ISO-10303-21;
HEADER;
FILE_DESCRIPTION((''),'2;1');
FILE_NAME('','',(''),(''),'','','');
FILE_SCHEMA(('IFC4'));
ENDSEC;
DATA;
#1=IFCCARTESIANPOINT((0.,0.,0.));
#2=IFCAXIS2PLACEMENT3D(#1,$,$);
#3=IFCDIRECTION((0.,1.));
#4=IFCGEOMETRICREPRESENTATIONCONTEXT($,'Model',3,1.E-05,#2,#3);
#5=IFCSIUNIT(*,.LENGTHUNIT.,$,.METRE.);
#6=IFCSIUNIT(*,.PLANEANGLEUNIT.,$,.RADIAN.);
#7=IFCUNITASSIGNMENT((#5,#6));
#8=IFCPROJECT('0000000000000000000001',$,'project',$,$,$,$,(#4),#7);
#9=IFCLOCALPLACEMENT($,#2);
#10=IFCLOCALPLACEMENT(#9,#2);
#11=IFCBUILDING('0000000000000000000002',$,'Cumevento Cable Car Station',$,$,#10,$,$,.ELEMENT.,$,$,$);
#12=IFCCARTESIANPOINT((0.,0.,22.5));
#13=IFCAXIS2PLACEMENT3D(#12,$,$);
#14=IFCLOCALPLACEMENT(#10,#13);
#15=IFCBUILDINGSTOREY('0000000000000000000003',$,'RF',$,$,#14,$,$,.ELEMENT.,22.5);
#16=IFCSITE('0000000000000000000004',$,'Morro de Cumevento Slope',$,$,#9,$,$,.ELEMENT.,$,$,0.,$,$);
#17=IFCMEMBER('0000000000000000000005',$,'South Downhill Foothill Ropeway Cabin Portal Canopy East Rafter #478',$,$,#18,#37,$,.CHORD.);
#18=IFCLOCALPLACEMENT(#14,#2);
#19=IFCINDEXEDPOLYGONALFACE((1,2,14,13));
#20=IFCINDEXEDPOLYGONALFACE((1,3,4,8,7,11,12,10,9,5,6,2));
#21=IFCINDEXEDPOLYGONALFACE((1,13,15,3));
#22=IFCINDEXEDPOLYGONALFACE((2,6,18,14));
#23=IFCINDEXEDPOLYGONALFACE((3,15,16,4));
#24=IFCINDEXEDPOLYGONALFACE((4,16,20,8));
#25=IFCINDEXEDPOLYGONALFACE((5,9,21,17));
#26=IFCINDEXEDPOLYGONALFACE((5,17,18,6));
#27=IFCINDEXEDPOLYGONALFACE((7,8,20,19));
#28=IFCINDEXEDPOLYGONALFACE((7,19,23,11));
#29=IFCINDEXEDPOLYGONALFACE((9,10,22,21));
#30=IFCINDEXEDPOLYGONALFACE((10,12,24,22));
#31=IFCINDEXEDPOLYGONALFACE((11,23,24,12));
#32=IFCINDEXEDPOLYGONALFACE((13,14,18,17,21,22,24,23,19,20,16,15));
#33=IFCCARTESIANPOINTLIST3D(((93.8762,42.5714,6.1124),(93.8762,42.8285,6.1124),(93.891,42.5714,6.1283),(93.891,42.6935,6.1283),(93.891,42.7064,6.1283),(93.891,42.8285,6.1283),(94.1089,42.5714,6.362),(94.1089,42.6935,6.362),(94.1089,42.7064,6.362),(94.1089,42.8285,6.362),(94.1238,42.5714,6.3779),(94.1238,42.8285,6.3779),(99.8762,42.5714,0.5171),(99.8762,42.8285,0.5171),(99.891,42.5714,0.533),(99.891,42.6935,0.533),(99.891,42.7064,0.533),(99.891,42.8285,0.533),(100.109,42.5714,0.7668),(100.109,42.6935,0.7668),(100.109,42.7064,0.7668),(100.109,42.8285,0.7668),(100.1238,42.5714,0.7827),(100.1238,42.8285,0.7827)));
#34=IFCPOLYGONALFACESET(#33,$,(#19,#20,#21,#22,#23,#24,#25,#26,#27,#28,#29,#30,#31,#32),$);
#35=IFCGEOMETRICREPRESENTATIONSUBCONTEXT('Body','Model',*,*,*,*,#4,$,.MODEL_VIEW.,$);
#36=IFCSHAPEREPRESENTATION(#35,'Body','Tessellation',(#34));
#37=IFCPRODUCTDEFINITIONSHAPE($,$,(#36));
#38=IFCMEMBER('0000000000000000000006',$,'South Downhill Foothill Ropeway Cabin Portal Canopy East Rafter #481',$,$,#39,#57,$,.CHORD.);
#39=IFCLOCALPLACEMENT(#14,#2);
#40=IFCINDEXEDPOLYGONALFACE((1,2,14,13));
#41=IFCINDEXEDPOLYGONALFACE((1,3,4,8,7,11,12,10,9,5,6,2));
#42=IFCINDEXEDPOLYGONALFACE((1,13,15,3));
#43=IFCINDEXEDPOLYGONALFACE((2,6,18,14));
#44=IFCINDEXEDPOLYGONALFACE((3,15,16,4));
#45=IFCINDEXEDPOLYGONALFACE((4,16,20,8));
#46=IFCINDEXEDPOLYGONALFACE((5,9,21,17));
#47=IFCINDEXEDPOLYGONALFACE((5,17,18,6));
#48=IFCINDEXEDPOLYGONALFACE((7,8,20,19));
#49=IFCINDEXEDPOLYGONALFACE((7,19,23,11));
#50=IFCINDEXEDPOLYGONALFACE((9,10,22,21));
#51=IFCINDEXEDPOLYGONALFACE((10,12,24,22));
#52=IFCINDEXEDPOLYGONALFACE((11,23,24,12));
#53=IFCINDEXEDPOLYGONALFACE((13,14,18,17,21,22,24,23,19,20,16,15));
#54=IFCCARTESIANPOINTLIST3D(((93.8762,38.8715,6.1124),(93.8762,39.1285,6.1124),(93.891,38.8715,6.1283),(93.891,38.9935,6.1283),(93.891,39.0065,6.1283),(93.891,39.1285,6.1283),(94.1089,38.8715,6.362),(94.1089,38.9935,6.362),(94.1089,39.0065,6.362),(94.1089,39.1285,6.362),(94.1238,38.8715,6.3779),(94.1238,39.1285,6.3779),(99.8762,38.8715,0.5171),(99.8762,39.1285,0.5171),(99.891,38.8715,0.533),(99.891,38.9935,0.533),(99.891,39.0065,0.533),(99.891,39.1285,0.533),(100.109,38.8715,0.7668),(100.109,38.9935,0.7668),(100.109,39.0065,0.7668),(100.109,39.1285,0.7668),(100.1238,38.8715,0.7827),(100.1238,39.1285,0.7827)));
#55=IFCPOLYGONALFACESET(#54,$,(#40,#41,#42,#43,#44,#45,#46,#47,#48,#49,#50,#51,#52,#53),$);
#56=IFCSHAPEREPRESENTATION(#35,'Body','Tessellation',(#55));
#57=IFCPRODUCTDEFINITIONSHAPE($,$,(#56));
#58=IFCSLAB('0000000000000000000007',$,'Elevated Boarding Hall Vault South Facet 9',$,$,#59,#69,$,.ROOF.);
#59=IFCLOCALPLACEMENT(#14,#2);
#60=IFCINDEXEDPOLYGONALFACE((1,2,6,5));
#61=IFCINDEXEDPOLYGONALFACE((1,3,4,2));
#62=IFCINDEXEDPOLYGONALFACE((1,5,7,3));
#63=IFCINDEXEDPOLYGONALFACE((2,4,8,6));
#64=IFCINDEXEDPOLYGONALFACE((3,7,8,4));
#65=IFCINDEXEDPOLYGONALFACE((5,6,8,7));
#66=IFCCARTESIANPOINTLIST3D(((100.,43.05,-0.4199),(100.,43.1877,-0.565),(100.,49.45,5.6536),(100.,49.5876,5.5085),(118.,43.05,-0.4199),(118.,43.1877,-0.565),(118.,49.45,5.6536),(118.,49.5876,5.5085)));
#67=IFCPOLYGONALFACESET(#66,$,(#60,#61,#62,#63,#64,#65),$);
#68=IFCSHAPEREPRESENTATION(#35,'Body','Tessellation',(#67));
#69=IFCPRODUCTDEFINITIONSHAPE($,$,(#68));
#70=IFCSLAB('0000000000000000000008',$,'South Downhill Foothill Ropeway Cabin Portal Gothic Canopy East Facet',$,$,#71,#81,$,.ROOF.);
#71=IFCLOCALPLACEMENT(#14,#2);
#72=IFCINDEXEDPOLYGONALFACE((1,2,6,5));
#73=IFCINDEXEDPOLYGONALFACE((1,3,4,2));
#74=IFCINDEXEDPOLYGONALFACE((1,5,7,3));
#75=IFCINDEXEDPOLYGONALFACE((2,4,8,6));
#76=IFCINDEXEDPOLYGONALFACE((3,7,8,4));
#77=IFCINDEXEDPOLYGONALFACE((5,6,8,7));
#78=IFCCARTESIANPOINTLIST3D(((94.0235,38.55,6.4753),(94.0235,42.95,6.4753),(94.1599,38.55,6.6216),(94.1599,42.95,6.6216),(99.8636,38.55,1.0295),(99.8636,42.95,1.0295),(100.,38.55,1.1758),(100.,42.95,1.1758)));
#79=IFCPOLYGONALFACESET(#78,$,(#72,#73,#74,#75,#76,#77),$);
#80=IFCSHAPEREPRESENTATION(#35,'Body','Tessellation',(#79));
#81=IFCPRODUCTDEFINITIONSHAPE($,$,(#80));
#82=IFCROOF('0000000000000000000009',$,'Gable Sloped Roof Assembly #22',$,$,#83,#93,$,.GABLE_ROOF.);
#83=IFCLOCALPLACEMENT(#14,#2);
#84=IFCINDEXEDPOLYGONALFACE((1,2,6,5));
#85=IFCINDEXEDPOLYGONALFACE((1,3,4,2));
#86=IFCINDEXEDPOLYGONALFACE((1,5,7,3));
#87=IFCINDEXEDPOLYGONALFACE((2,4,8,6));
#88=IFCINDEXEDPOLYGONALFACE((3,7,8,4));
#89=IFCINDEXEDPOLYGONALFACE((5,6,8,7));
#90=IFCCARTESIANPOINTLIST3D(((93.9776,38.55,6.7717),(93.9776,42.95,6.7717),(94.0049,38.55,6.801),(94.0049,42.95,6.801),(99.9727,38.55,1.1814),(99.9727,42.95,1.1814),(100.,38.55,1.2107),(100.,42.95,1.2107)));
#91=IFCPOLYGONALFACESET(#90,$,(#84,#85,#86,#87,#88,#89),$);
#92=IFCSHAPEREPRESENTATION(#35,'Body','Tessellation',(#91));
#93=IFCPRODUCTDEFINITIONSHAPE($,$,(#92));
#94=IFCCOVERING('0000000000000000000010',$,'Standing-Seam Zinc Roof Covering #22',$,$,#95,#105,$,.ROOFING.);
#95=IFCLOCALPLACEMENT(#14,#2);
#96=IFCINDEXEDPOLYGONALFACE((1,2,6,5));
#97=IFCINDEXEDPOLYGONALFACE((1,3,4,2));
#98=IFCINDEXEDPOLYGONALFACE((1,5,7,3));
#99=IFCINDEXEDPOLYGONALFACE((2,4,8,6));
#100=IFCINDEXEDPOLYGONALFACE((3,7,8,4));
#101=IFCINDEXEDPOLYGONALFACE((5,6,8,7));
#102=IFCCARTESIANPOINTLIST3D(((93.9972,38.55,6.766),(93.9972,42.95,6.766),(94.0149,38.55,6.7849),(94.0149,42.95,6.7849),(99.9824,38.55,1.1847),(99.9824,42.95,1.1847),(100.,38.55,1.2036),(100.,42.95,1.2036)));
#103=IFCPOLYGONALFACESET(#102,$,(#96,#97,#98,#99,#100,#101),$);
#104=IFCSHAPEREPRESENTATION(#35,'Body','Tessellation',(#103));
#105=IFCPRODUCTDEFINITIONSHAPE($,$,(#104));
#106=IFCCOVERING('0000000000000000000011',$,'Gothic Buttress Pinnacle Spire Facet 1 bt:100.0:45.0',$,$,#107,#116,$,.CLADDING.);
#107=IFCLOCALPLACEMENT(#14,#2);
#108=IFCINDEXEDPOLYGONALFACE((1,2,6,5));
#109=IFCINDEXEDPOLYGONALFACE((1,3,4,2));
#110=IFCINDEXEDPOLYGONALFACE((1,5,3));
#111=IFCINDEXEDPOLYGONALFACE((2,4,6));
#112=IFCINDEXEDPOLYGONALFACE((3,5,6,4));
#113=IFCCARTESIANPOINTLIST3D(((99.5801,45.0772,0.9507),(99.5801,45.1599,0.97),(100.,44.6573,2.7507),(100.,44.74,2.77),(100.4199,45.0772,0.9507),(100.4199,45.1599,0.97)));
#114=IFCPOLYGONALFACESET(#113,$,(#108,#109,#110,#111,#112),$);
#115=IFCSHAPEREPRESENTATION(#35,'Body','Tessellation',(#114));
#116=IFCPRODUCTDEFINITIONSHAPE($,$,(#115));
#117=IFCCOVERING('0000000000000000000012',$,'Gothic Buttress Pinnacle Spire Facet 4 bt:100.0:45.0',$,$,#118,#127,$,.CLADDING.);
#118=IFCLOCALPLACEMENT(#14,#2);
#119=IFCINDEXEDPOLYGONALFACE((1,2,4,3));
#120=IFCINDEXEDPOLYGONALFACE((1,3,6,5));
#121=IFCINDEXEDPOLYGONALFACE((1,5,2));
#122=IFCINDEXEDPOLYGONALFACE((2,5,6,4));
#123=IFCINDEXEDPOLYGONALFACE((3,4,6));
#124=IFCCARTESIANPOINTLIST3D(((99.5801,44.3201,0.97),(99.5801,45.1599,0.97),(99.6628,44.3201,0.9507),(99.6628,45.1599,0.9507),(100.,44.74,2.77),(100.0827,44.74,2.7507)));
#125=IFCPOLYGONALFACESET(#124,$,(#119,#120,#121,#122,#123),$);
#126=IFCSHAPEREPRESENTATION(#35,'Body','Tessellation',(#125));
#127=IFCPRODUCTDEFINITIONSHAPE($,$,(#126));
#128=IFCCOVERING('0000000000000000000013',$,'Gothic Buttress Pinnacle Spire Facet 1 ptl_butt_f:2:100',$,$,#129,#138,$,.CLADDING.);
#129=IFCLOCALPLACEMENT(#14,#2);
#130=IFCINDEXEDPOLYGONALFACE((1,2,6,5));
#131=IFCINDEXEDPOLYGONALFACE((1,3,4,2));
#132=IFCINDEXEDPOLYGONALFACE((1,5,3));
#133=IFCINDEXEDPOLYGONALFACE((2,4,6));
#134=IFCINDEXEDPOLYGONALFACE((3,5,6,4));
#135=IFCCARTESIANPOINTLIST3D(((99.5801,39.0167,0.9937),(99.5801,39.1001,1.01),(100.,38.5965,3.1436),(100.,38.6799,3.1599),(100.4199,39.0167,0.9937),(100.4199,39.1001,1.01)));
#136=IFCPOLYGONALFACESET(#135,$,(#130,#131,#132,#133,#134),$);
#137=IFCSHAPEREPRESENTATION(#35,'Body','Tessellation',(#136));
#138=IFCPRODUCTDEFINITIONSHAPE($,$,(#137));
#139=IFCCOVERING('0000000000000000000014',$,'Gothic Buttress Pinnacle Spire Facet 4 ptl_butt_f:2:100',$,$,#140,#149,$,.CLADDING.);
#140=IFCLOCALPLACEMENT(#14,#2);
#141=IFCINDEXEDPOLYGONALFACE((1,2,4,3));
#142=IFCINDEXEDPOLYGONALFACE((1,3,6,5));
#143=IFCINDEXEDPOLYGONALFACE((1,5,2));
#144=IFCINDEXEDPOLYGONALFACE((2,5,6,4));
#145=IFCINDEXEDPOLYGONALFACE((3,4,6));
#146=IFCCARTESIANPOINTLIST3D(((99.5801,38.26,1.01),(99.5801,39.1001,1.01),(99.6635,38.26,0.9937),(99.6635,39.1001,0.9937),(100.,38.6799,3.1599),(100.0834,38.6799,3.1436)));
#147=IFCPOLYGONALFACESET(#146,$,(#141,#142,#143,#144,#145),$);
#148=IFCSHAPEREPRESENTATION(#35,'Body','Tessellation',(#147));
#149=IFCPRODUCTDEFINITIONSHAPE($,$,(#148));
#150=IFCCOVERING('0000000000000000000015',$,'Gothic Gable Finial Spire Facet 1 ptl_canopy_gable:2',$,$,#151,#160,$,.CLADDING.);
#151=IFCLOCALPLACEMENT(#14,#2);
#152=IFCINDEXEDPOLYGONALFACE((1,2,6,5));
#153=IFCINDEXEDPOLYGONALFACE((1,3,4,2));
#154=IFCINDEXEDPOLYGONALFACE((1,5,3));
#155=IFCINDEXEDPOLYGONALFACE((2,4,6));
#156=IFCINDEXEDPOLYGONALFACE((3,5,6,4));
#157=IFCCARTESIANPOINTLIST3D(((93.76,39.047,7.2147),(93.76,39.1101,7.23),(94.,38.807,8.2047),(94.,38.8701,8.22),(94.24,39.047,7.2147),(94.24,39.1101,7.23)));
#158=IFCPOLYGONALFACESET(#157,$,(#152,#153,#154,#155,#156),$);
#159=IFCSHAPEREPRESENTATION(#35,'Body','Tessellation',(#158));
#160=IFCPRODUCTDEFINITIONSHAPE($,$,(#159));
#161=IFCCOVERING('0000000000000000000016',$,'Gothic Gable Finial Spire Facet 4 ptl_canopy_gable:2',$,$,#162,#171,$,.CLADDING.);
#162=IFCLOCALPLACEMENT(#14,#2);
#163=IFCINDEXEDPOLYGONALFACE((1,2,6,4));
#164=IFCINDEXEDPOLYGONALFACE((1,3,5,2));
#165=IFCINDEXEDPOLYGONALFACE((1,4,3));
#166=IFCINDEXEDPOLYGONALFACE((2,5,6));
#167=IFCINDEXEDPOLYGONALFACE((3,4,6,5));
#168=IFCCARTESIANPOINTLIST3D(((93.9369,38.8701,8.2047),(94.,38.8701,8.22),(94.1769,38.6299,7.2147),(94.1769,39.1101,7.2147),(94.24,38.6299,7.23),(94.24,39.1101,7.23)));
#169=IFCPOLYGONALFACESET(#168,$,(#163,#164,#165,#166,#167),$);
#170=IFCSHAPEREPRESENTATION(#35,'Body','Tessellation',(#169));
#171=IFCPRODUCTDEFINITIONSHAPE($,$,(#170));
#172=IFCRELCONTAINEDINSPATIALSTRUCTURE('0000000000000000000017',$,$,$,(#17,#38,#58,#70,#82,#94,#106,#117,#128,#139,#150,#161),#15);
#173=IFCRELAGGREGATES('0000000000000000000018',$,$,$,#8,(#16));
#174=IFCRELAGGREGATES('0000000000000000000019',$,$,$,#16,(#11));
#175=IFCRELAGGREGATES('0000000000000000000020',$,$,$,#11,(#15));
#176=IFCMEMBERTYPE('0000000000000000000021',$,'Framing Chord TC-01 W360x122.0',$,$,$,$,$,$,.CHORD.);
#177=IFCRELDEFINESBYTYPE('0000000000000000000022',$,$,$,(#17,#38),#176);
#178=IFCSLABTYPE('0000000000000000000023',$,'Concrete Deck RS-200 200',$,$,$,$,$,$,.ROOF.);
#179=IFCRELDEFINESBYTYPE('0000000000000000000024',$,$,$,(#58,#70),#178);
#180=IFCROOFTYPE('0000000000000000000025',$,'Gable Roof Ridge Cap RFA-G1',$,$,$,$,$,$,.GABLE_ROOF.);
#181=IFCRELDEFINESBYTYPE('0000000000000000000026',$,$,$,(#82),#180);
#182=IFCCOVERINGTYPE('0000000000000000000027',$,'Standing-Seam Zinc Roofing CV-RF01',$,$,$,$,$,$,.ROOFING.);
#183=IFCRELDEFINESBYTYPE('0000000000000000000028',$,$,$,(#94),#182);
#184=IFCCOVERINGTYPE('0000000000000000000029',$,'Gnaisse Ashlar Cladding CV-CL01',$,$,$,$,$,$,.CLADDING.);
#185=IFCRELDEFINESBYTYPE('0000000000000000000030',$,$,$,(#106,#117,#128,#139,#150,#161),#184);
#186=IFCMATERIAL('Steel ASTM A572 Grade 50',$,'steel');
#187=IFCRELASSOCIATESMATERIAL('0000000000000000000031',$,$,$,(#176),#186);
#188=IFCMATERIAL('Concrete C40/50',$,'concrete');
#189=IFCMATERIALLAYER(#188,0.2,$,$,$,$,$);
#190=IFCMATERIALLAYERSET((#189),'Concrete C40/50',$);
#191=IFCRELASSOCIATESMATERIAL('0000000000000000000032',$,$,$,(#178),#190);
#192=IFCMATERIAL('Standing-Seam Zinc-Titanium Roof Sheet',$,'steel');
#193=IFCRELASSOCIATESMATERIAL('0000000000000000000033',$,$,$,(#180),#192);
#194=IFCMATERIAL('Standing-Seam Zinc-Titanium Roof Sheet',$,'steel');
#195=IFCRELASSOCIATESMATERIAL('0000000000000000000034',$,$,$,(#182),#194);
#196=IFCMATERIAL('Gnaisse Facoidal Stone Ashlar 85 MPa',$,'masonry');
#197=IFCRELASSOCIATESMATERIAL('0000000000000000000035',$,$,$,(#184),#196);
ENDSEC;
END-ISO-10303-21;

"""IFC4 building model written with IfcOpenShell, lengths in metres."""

from ifc_helpers import new_model, si_unit, direction, frame, origin, origin_2d, place, context, subcontext, project, spatial, polyline, i_section, outline, extrude, material, layer, layer_set, material_profile, profile_set, type_object, element, save


model = new_model("IFC4")

# Units and contexts
model_context = context("Model", 3, precision=1e-05, world=origin(), true_north=direction((0.0, 1.0)))
body_context = subcontext(model_context, "Body", "Model", "MODEL_VIEW")
ifc_project = project(units=[si_unit("LENGTHUNIT", "METRE"), si_unit("PLANEANGLEUNIT", "RADIAN")], contexts=[model_context])

# Site, building, storey
site_placement = place(None, origin())
site = spatial("IfcSite", under=ifc_project, at=site_placement, Name="Morro de Cumevento Slope", CompositionType="ELEMENT", RefElevation=0.0)
building_placement = place(site_placement, origin())
building = spatial("IfcBuilding", under=site, at=building_placement, Name="Cumevento Cable Car Station", CompositionType="ELEMENT")
storey_placement = place(building_placement, frame((0.0, 0.0, 22.5)))
storey = spatial("IfcBuildingStorey", under=building, at=storey_placement, Name="RF", CompositionType="ELEMENT", Elevation=22.5)

# Members
ifc_material_1 = material(Name="Steel ASTM A572 Grade 50", Category="steel")
ifc_material_profile = material_profile(ifc_material_1, i_section(OverallWidth=0.2571, OverallDepth=0.363, WebThickness=0.0129, FlangeThickness=0.0217, at=origin_2d()), Name="W360x122.0")
ifc_profile_set = profile_set([ifc_material_profile], Name="Steel ASTM A572 Grade 50")
member_type = type_object("IfcMemberType", Name="Framing Chord TC-01 W360x122.0", PredefinedType="CHORD", material=ifc_profile_set)
for number, where, z_axis, x_axis, name in (
    (1, (100.0, 42.7, 0.6499), (-0.731346, 0.0, 0.682006), (0.0, -1.0, 0.0), "South Downhill Foothill Ropeway Cabin Portal Canopy East Rafter #478"),
    (2, (100.0, 39.0, 0.6499), (-0.731346, 0.0, 0.682006), (0.0, -1.0, 0.0), "South Downhill Foothill Ropeway Cabin Portal Canopy East Rafter #481"),
):
    element("IfcMember", number, at=place(storey_placement, frame(where, z_axis=z_axis, x_axis=x_axis)), inside=storey, type_object=member_type, Name=name, PredefinedType="CHORD", context=body_context, shape_type="SweptSolid", body=[
        extrude(i_section(OverallWidth=0.2571, OverallDepth=0.363, WebThickness=0.0129, FlangeThickness=0.0217, at=origin_2d()), origin(), (0.0, 0.0, 1.0), 8.2041),
    ])

# Slabs
ifc_material_2 = material(Name="Concrete C40/50", Category="concrete")
ifc_layer = layer(ifc_material_2, 0.2)
ifc_layer_set = layer_set([ifc_layer], Name="Concrete C40/50")
slab_type = type_object("IfcSlabType", Name="Concrete Deck RS-200 200", PredefinedType="ROOF", material=ifc_layer_set)
slab_1_placement = place(storey_placement, frame((100.0, 43.05, -0.4199), z_axis=(0.0, -0.688367, 0.725363), x_axis=(1.0, 0.0, 0.0)))
element("IfcSlab", 3, at=slab_1_placement, inside=storey, type_object=slab_type, Name="Elevated Boarding Hall Vault South Facet 9", PredefinedType="ROOF", context=body_context, shape_type="SweptSolid", body=[
    extrude(outline(polyline([(0.0, 0.0), (18.0, 0.0), (18.0, 8.823), (0.0, 8.823), (0.0, 0.0)])), origin(), (0.0, 0.0, -1.0), 0.2),
])
slab_2_placement = place(storey_placement, frame((94.1599, 42.95, 6.6216), z_axis=(0.681987, 0.0, 0.731364), x_axis=(0.0, -1.0, 0.0)))
element("IfcSlab", 4, at=slab_2_placement, inside=storey, type_object=slab_type, Name="South Downhill Foothill Ropeway Cabin Portal Gothic Canopy East Facet", PredefinedType="ROOF", context=body_context, shape_type="SweptSolid", body=[
    extrude(outline(polyline([(0.0, 0.0), (4.3999, 0.0), (4.3999, 7.9852), (0.0, 7.9852), (0.0, 0.0)])), origin(), (0.0, 0.0, -1.0), 0.2),
])

# Roof
ifc_material_3 = material(Name="Standing-Seam Zinc-Titanium Roof Sheet", Category="steel")
roof_type = type_object("IfcRoofType", Name="Gable Roof Ridge Cap RFA-G1", PredefinedType="GABLE_ROOF", material=ifc_material_3)
roof_placement = place(storey_placement, frame((94.0049, 42.95, 6.801), z_axis=(0.681985, 0.0, 0.731366), x_axis=(0.0, -1.0, 0.0)))
element("IfcRoof", 5, at=roof_placement, inside=storey, type_object=roof_type, Name="Gable Sloped Roof Assembly #22", PredefinedType="GABLE_ROOF", context=body_context, shape_type="SweptSolid", body=[
    extrude(outline(polyline([(0.0, 0.0), (4.3999, 0.0), (4.3999, 8.1971), (0.0, 8.1971), (0.0, 0.0)])), origin(), (0.0, 0.0, -1.0), 0.04),
])

# Coverings
ifc_material_4 = material(Name="Standing-Seam Zinc-Titanium Roof Sheet", Category="steel")
covering_type_1 = type_object("IfcCoveringType", Name="Standing-Seam Zinc Roofing CV-RF01", PredefinedType="ROOFING", material=ifc_material_4)
covering_1_placement = place(storey_placement, frame((94.0149, 42.95, 6.7849), z_axis=(0.682005, 0.0, 0.731348), x_axis=(0.0, -1.0, 0.0)))
element("IfcCovering", 6, at=covering_1_placement, inside=storey, type_object=covering_type_1, Name="Standing-Seam Zinc Roof Covering #22", PredefinedType="ROOFING", context=body_context, shape_type="SweptSolid", body=[
    extrude(outline(polyline([(0.0, 0.0), (4.3999, 0.0), (4.3999, 8.1837), (0.0, 8.1837), (0.0, 0.0)])), origin(), (0.0, 0.0, -1.0), 0.0259),
])
ifc_material_5 = material(Name="Gnaisse Facoidal Stone Ashlar 85 MPa", Category="masonry")
covering_type_2 = type_object("IfcCoveringType", Name="Gnaisse Ashlar Cladding CV-CL01", PredefinedType="CLADDING", material=ifc_material_5)
for number, where, z_axis, x_axis, name in (
    (7, (99.5801, 45.1599, 0.97), (0.0, 0.973852, 0.227184), (1.0, 0.0, 0.0), "Gothic Buttress Pinnacle Spire Facet 1 bt:100.0:45.0"),
    (8, (99.5801, 44.3201, 0.97), (-0.973852, 0.0, 0.227184), (0.0, 1.0, 0.0), "Gothic Buttress Pinnacle Spire Facet 4 bt:100.0:45.0"),
):
    element("IfcCovering", number, at=place(storey_placement, frame(where, z_axis=z_axis, x_axis=x_axis)), inside=storey, type_object=covering_type_2, Name=name, PredefinedType="CLADDING", context=body_context, shape_type="SweptSolid", body=[
        extrude(outline(polyline([(0.0, 0.0), (0.8398, 0.0), (0.4199, -1.8484), (0.0, 0.0)])), origin(), (0.0, 0.0, -1.0), 0.085),
    ])
covering_2_placement = place(storey_placement, frame((99.5801, 39.1001, 1.01), z_axis=(0.0, 0.981433, 0.191806), x_axis=(1.0, 0.0, 0.0)))
element("IfcCovering", 9, at=covering_2_placement, inside=storey, type_object=covering_type_2, Name="Gothic Buttress Pinnacle Spire Facet 1 ptl_butt_f:2:100", PredefinedType="CLADDING", context=body_context, shape_type="SweptSolid", body=[
    extrude(outline(polyline([(0.0, 0.0), (0.8398, 0.0), (0.4199, -2.1906), (0.0, 0.0)])), origin(), (0.0, 0.0, -1.0), 0.085),
])
covering_3_placement = place(storey_placement, frame((99.5801, 38.26, 1.01), z_axis=(-0.981454, 0.0, 0.191699), x_axis=(0.0, 1.0, 0.0)))
element("IfcCovering", 10, at=covering_3_placement, inside=storey, type_object=covering_type_2, Name="Gothic Buttress Pinnacle Spire Facet 4 ptl_butt_f:2:100", PredefinedType="CLADDING", context=body_context, shape_type="SweptSolid", body=[
    extrude(outline(polyline([(0.0, 0.0), (0.8401, 0.0), (0.4199, -2.1905), (0.0, 0.0)])), origin(), (0.0, 0.0, -1.0), 0.085),
])
covering_4_placement = place(storey_placement, frame((94.24, 39.1101, 7.23), z_axis=(0.0, 0.971852, 0.235593), x_axis=(-1.0, 0.0, 0.0)))
element("IfcCovering", 11, at=covering_4_placement, inside=storey, type_object=covering_type_2, Name="Gothic Gable Finial Spire Facet 1 ptl_canopy_gable:2", PredefinedType="CLADDING", context=body_context, shape_type="SweptSolid", body=[
    extrude(outline(polyline([(0.0, 0.0), (0.48, 0.0), (0.24, 1.0187), (0.0, 0.0)])), origin(), (0.0, 0.0, -1.0), 0.0649),
])
covering_5_placement = place(storey_placement, frame((94.24, 38.6299, 7.23), z_axis=(0.971852, 0.0, 0.235593), x_axis=(0.0, 1.0, 0.0)))
element("IfcCovering", 12, at=covering_5_placement, inside=storey, type_object=covering_type_2, Name="Gothic Gable Finial Spire Facet 4 ptl_canopy_gable:2", PredefinedType="CLADDING", context=body_context, shape_type="SweptSolid", body=[
    extrude(outline(polyline([(0.0, 0.0), (0.4802, 0.0), (0.2402, 1.0187), (0.0, 0.0)])), origin(), (0.0, 0.0, -1.0), 0.0649),
])

save(model, "model.ifc")
